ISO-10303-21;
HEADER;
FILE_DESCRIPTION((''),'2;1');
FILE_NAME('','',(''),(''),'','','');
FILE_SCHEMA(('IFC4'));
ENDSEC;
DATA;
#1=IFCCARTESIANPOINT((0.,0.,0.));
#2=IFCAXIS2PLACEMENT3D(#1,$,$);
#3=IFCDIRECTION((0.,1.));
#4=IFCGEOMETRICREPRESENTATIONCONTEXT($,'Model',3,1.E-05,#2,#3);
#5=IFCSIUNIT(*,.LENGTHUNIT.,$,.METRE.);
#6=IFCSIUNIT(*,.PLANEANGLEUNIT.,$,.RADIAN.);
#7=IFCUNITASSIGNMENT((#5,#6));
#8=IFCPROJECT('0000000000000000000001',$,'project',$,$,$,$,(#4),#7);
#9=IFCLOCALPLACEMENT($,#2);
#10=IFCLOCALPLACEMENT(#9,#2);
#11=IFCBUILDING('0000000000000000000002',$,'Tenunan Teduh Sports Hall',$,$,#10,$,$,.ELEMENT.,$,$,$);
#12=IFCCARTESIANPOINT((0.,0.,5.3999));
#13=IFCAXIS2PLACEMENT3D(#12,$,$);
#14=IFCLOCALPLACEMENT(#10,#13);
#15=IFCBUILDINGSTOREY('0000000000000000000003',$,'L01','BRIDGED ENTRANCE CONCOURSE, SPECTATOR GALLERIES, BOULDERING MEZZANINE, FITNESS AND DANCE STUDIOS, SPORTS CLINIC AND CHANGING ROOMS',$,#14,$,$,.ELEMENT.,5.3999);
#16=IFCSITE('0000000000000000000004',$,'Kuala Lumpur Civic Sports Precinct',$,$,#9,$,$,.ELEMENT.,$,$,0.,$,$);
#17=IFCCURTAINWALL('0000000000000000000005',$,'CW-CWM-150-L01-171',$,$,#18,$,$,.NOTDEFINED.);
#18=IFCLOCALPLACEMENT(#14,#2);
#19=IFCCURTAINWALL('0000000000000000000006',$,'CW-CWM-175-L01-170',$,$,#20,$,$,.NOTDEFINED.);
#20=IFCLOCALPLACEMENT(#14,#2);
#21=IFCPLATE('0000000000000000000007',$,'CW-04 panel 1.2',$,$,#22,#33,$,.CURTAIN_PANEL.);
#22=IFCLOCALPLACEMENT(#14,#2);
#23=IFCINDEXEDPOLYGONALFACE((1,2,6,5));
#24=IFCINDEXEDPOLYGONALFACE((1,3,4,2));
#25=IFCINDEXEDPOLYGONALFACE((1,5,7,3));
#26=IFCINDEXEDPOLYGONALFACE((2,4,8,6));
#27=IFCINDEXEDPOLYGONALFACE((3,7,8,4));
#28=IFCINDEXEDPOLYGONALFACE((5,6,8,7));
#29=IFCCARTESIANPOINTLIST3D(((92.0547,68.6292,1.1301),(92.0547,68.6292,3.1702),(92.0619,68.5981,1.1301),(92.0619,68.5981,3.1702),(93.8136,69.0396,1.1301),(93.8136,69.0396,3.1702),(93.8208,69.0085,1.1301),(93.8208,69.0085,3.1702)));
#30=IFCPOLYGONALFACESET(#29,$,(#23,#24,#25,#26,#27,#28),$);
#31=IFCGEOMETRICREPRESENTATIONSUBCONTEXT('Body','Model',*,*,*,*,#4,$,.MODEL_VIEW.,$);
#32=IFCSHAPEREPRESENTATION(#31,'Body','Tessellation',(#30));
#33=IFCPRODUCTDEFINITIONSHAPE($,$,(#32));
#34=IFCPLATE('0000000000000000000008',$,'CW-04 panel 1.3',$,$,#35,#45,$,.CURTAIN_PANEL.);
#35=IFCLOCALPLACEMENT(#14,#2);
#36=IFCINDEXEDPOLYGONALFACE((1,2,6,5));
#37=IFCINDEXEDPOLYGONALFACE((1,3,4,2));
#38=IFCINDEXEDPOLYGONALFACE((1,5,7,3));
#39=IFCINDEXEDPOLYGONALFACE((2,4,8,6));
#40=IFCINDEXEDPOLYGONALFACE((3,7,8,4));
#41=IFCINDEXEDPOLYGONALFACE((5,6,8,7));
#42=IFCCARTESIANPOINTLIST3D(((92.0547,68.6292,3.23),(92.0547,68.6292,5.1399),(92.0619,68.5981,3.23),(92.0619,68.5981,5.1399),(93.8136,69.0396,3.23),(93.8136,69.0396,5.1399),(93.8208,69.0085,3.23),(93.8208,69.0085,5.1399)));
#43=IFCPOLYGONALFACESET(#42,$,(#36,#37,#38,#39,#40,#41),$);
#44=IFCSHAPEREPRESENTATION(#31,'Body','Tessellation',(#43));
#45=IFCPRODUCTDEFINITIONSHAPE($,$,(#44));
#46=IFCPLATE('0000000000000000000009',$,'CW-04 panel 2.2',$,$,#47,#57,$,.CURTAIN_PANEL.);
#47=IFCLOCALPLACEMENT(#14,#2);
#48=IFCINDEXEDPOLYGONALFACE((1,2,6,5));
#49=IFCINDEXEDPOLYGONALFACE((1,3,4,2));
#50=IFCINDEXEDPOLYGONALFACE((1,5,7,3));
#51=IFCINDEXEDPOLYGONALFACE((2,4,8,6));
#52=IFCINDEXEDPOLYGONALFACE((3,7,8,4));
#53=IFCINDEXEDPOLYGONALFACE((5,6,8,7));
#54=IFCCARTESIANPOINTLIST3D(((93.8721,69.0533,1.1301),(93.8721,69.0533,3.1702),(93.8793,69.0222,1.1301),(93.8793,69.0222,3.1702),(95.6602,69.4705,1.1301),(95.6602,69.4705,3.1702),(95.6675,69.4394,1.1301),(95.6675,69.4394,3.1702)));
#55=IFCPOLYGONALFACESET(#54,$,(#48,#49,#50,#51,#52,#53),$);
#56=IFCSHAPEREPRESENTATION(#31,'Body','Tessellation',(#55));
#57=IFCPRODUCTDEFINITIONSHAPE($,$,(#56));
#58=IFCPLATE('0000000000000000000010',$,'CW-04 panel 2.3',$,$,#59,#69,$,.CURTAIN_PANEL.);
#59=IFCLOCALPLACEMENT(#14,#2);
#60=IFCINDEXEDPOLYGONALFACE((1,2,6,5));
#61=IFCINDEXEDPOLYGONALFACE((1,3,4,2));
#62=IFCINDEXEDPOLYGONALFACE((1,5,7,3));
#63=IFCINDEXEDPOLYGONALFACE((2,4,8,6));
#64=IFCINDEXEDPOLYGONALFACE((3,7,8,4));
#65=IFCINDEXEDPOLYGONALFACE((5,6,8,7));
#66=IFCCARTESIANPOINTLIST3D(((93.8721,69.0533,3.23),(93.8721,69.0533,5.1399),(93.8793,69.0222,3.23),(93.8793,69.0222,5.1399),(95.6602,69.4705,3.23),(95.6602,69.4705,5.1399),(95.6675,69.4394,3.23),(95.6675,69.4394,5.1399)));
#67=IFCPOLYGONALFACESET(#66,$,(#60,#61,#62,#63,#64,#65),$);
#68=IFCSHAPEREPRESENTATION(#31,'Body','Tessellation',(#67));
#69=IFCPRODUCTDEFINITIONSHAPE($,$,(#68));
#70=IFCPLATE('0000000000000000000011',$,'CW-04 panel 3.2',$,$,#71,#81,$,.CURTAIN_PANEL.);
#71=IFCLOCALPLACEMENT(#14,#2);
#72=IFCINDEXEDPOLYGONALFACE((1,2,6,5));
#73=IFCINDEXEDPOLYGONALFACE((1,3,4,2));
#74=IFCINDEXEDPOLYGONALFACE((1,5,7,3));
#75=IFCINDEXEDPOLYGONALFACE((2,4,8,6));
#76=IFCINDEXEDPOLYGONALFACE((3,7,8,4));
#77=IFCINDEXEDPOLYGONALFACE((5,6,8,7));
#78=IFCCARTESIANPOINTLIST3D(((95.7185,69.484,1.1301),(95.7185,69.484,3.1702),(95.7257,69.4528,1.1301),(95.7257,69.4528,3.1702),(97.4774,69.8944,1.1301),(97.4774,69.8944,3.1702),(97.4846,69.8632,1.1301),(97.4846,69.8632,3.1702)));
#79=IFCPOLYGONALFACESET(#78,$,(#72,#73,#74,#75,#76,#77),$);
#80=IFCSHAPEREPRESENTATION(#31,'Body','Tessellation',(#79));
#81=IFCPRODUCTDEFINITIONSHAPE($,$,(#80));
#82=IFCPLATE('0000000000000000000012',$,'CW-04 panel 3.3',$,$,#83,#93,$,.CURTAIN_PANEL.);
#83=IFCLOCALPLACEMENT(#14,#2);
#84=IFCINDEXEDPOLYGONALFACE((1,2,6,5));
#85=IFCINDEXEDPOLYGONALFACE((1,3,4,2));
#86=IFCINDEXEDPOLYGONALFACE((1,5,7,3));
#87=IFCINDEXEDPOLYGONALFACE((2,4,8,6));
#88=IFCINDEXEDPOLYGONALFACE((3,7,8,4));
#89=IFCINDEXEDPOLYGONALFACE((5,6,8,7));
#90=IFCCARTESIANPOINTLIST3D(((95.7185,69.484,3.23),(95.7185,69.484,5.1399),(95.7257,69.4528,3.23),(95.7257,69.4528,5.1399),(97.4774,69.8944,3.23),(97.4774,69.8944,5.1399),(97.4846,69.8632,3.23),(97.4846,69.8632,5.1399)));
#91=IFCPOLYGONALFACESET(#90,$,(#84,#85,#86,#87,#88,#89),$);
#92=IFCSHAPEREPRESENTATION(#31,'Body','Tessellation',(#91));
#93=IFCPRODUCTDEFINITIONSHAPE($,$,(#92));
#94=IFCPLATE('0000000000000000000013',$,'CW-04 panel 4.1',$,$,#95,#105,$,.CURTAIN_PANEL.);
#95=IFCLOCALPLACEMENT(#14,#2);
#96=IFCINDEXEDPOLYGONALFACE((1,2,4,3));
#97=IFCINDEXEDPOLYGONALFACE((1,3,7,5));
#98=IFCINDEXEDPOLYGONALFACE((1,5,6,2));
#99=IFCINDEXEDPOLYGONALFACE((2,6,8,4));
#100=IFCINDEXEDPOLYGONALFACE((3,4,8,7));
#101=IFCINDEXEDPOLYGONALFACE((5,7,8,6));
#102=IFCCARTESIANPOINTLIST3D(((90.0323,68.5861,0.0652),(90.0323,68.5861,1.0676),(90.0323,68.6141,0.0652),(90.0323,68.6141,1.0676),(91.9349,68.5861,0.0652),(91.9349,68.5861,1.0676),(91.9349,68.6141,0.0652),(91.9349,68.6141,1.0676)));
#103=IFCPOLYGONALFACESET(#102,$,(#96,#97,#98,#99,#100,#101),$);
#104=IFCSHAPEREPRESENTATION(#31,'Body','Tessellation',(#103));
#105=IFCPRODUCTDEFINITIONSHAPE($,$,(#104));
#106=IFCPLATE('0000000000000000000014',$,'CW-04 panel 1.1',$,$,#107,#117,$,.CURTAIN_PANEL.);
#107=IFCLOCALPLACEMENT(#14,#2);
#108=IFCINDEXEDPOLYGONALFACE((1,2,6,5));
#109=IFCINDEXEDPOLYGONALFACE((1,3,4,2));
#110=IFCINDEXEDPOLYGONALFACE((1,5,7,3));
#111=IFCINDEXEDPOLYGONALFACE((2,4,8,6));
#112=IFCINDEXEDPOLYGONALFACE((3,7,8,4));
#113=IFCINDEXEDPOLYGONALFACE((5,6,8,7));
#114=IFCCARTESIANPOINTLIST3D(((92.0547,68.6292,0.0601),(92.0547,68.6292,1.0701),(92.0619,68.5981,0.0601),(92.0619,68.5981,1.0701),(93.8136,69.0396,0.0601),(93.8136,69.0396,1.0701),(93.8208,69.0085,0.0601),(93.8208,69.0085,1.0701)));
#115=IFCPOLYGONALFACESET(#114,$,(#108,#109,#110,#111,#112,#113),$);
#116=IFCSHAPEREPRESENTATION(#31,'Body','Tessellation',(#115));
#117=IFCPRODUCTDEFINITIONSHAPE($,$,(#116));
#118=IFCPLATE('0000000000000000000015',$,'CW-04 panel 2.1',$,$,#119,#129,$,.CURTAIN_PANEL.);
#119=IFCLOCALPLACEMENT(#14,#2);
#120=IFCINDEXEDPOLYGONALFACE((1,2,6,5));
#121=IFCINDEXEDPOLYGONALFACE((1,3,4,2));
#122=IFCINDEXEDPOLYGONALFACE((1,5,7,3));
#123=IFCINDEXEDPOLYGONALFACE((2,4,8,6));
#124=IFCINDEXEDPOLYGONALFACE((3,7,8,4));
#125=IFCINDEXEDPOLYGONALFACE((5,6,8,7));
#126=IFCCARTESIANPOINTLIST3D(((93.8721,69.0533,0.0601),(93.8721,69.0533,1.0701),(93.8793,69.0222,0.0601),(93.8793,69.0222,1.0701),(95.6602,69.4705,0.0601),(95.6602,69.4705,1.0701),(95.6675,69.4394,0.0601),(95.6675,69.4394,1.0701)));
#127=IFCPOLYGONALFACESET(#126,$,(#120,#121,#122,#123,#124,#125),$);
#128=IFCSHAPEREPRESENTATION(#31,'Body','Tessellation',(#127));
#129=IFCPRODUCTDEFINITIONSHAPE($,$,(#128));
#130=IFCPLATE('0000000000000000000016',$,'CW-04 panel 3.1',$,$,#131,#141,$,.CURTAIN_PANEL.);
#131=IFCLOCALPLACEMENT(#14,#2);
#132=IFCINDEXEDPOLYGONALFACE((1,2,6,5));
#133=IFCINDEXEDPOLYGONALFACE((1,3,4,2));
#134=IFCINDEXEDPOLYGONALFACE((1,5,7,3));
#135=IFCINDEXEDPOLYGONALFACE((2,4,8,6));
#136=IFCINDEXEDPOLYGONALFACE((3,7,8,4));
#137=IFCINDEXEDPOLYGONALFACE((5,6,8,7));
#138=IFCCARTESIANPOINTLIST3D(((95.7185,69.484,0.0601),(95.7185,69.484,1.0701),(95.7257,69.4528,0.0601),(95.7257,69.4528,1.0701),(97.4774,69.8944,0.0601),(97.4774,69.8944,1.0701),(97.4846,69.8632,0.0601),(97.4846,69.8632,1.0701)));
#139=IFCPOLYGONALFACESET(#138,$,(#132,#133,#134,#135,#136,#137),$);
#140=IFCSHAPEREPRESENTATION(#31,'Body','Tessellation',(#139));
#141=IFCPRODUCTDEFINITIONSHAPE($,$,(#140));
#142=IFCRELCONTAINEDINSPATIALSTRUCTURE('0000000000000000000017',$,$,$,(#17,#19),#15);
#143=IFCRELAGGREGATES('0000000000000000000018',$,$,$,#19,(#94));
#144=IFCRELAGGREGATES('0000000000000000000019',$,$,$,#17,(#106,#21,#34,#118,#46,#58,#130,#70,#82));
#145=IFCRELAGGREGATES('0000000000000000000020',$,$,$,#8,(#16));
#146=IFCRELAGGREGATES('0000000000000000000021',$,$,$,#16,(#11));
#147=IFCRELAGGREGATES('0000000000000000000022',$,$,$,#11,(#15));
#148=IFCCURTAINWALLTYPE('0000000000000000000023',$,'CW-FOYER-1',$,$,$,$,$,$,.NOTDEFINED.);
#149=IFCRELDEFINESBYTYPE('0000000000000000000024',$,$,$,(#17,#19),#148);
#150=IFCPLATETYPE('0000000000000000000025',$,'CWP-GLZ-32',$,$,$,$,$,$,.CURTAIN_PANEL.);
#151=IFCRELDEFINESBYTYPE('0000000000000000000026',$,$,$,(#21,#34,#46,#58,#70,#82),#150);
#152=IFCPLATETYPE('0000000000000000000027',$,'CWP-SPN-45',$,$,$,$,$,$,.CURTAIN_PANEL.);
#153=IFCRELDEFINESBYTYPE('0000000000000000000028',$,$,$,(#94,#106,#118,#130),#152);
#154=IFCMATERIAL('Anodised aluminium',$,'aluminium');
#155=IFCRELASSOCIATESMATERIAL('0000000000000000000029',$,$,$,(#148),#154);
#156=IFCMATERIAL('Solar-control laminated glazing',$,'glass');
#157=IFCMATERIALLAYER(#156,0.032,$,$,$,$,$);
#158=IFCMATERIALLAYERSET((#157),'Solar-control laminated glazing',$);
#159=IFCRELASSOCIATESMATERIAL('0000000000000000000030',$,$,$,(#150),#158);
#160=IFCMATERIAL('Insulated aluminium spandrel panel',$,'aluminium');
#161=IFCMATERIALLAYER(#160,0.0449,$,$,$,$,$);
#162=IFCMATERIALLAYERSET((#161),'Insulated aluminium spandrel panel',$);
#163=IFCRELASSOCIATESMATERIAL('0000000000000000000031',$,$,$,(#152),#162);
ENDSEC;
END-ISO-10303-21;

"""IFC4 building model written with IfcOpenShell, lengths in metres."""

from ifc_helpers import new_model, si_unit, direction, frame, origin, origin_2d, place, context, subcontext, project, spatial, rectangle, extrude, material, layer, layer_set, type_object, element, aggregate, save


model = new_model("IFC4")

# Units and contexts
model_context = context("Model", 3, precision=1e-05, world=origin(), true_north=direction((0.0, 1.0)))
body_context = subcontext(model_context, "Body", "Model", "MODEL_VIEW")
ifc_project = project(units=[si_unit("LENGTHUNIT", "METRE"), si_unit("PLANEANGLEUNIT", "RADIAN")], contexts=[model_context])

# Site, building, storey
site_placement = place(None, origin())
site = spatial("IfcSite", under=ifc_project, at=site_placement, Name="Kuala Lumpur Civic Sports Precinct", CompositionType="ELEMENT", RefElevation=0.0)
building_placement = place(site_placement, origin())
building = spatial("IfcBuilding", under=site, at=building_placement, Name="Tenunan Teduh Sports Hall", CompositionType="ELEMENT")
storey_placement = place(building_placement, frame((0.0, 0.0, 5.3999)))
storey = spatial("IfcBuildingStorey", under=building, at=storey_placement, Name="L01", Description="BRIDGED ENTRANCE CONCOURSE, SPECTATOR GALLERIES, BOULDERING MEZZANINE, FITNESS AND DANCE STUDIOS, SPORTS CLINIC AND CHANGING ROOMS", CompositionType="ELEMENT", Elevation=5.3999)

# Curtain walls
ifc_material_1 = material(Name="Anodised aluminium", Category="aluminium")
curtain_wall_type = type_object("IfcCurtainWallType", Name="CW-FOYER-1", PredefinedType="NOTDEFINED", material=ifc_material_1)
curtain_wall_1_placement = place(storey_placement, origin())
curtain_wall_1 = element("IfcCurtainWall", 1, at=curtain_wall_1_placement, inside=storey, type_object=curtain_wall_type, Name="CW-CWM-150-L01-171", PredefinedType="NOTDEFINED")
curtain_wall_2_placement = place(storey_placement, origin())
curtain_wall_2 = element("IfcCurtainWall", 2, at=curtain_wall_2_placement, inside=storey, type_object=curtain_wall_type, Name="CW-CWM-175-L01-170", PredefinedType="NOTDEFINED")

# Plates
ifc_material_2 = material(Name="Solar-control laminated glazing", Category="glass")
ifc_layer_1 = layer(ifc_material_2, 0.032)
ifc_layer_set_1 = layer_set([ifc_layer_1], Name="Solar-control laminated glazing")
plate_type_1 = type_object("IfcPlateType", Name="CWP-GLZ-32", PredefinedType="CURTAIN_PANEL", material=ifc_layer_set_1)
plate_1_placement = place(storey_placement, frame((92.9377, 68.8188, 1.1301), z_axis=(0.0, 0.0, 1.0), x_axis=(0.973842, 0.227225, 0.0)))
plate_1 = element("IfcPlate", 3, at=plate_1_placement, type_object=plate_type_1, Name="CW-04 panel 1.2", PredefinedType="CURTAIN_PANEL", context=body_context, shape_type="SweptSolid", body=[
    extrude(rectangle(XDim=1.8062, YDim=0.032, at=origin_2d()), origin(), (0.0, 0.0, 1.0), 2.04),
])
plate_2_placement = place(storey_placement, frame((92.9377, 68.8188, 3.23), z_axis=(0.0, 0.0, 1.0), x_axis=(0.973842, 0.227225, 0.0)))
plate_2 = element("IfcPlate", 4, at=plate_2_placement, type_object=plate_type_1, Name="CW-04 panel 1.3", PredefinedType="CURTAIN_PANEL", context=body_context, shape_type="SweptSolid", body=[
    extrude(rectangle(XDim=1.8062, YDim=0.032, at=origin_2d()), origin(), (0.0, 0.0, 1.0), 1.9099),
])
plate_3_placement = place(storey_placement, frame((94.7698, 69.2463, 1.1301), z_axis=(0.0, 0.0, 1.0), x_axis=(0.973842, 0.227225, 0.0)))
plate_3 = element("IfcPlate", 5, at=plate_3_placement, type_object=plate_type_1, Name="CW-04 panel 2.2", PredefinedType="CURTAIN_PANEL", context=body_context, shape_type="SweptSolid", body=[
    extrude(rectangle(XDim=1.8362, YDim=0.032, at=origin_2d()), origin(), (0.0, 0.0, 1.0), 2.04),
])
plate_4_placement = place(storey_placement, frame((94.7698, 69.2463, 3.23), z_axis=(0.0, 0.0, 1.0), x_axis=(0.973842, 0.227225, 0.0)))
plate_4 = element("IfcPlate", 6, at=plate_4_placement, type_object=plate_type_1, Name="CW-04 panel 2.3", PredefinedType="CURTAIN_PANEL", context=body_context, shape_type="SweptSolid", body=[
    extrude(rectangle(XDim=1.8362, YDim=0.032, at=origin_2d()), origin(), (0.0, 0.0, 1.0), 1.9099),
])
plate_5_placement = place(storey_placement, frame((96.6016, 69.6736, 1.1301), z_axis=(0.0, 0.0, 1.0), x_axis=(0.973842, 0.227225, 0.0)))
plate_5 = element("IfcPlate", 7, at=plate_5_placement, type_object=plate_type_1, Name="CW-04 panel 3.2", PredefinedType="CURTAIN_PANEL", context=body_context, shape_type="SweptSolid", body=[
    extrude(rectangle(XDim=1.8062, YDim=0.032, at=origin_2d()), origin(), (0.0, 0.0, 1.0), 2.04),
])
plate_6_placement = place(storey_placement, frame((96.6016, 69.6736, 3.23), z_axis=(0.0, 0.0, 1.0), x_axis=(0.973842, 0.227225, 0.0)))
plate_6 = element("IfcPlate", 8, at=plate_6_placement, type_object=plate_type_1, Name="CW-04 panel 3.3", PredefinedType="CURTAIN_PANEL", context=body_context, shape_type="SweptSolid", body=[
    extrude(rectangle(XDim=1.8062, YDim=0.032, at=origin_2d()), origin(), (0.0, 0.0, 1.0), 1.9099),
])
ifc_material_3 = material(Name="Insulated aluminium spandrel panel", Category="aluminium")
ifc_layer_2 = layer(ifc_material_3, 0.0449)
ifc_layer_set_2 = layer_set([ifc_layer_2], Name="Insulated aluminium spandrel panel")
plate_type_2 = type_object("IfcPlateType", Name="CWP-SPN-45", PredefinedType="CURTAIN_PANEL", material=ifc_layer_set_2)
plate_7_placement = place(storey_placement, frame((90.9836, 68.6001, 0.0652), z_axis=(0.0, 0.0, 1.0), x_axis=(1.0, 0.0, 0.0)))
plate_7 = element("IfcPlate", 9, at=plate_7_placement, type_object=plate_type_2, Name="CW-04 panel 4.1", PredefinedType="CURTAIN_PANEL", context=body_context, shape_type="SweptSolid", body=[
    extrude(rectangle(XDim=1.9026, YDim=0.0281, at=origin_2d()), origin(), (0.0, 0.0, 1.0), 1.0024),
])
aggregate(curtain_wall_2, [plate_7])
plate_8_placement = place(storey_placement, frame((92.9377, 68.8188, 0.0601), z_axis=(0.0, 0.0, 1.0), x_axis=(0.973842, 0.227225, 0.0)))
plate_8 = element("IfcPlate", 10, at=plate_8_placement, type_object=plate_type_2, Name="CW-04 panel 1.1", PredefinedType="CURTAIN_PANEL", context=body_context, shape_type="SweptSolid", body=[
    extrude(rectangle(XDim=1.8062, YDim=0.032, at=origin_2d()), origin(), (0.0, 0.0, 1.0), 1.01),
])
plate_9_placement = place(storey_placement, frame((94.7698, 69.2463, 0.0601), z_axis=(0.0, 0.0, 1.0), x_axis=(0.973842, 0.227225, 0.0)))
plate_9 = element("IfcPlate", 11, at=plate_9_placement, type_object=plate_type_2, Name="CW-04 panel 2.1", PredefinedType="CURTAIN_PANEL", context=body_context, shape_type="SweptSolid", body=[
    extrude(rectangle(XDim=1.8362, YDim=0.032, at=origin_2d()), origin(), (0.0, 0.0, 1.0), 1.01),
])
plate_10_placement = place(storey_placement, frame((96.6016, 69.6736, 0.0601), z_axis=(0.0, 0.0, 1.0), x_axis=(0.973842, 0.227225, 0.0)))
plate_10 = element("IfcPlate", 12, at=plate_10_placement, type_object=plate_type_2, Name="CW-04 panel 3.1", PredefinedType="CURTAIN_PANEL", context=body_context, shape_type="SweptSolid", body=[
    extrude(rectangle(XDim=1.8062, YDim=0.032, at=origin_2d()), origin(), (0.0, 0.0, 1.0), 1.01),
])
aggregate(curtain_wall_1, [plate_8, plate_1, plate_2, plate_9, plate_3, plate_4, plate_10, plate_5, plate_6])

save(model, "model.ifc")
